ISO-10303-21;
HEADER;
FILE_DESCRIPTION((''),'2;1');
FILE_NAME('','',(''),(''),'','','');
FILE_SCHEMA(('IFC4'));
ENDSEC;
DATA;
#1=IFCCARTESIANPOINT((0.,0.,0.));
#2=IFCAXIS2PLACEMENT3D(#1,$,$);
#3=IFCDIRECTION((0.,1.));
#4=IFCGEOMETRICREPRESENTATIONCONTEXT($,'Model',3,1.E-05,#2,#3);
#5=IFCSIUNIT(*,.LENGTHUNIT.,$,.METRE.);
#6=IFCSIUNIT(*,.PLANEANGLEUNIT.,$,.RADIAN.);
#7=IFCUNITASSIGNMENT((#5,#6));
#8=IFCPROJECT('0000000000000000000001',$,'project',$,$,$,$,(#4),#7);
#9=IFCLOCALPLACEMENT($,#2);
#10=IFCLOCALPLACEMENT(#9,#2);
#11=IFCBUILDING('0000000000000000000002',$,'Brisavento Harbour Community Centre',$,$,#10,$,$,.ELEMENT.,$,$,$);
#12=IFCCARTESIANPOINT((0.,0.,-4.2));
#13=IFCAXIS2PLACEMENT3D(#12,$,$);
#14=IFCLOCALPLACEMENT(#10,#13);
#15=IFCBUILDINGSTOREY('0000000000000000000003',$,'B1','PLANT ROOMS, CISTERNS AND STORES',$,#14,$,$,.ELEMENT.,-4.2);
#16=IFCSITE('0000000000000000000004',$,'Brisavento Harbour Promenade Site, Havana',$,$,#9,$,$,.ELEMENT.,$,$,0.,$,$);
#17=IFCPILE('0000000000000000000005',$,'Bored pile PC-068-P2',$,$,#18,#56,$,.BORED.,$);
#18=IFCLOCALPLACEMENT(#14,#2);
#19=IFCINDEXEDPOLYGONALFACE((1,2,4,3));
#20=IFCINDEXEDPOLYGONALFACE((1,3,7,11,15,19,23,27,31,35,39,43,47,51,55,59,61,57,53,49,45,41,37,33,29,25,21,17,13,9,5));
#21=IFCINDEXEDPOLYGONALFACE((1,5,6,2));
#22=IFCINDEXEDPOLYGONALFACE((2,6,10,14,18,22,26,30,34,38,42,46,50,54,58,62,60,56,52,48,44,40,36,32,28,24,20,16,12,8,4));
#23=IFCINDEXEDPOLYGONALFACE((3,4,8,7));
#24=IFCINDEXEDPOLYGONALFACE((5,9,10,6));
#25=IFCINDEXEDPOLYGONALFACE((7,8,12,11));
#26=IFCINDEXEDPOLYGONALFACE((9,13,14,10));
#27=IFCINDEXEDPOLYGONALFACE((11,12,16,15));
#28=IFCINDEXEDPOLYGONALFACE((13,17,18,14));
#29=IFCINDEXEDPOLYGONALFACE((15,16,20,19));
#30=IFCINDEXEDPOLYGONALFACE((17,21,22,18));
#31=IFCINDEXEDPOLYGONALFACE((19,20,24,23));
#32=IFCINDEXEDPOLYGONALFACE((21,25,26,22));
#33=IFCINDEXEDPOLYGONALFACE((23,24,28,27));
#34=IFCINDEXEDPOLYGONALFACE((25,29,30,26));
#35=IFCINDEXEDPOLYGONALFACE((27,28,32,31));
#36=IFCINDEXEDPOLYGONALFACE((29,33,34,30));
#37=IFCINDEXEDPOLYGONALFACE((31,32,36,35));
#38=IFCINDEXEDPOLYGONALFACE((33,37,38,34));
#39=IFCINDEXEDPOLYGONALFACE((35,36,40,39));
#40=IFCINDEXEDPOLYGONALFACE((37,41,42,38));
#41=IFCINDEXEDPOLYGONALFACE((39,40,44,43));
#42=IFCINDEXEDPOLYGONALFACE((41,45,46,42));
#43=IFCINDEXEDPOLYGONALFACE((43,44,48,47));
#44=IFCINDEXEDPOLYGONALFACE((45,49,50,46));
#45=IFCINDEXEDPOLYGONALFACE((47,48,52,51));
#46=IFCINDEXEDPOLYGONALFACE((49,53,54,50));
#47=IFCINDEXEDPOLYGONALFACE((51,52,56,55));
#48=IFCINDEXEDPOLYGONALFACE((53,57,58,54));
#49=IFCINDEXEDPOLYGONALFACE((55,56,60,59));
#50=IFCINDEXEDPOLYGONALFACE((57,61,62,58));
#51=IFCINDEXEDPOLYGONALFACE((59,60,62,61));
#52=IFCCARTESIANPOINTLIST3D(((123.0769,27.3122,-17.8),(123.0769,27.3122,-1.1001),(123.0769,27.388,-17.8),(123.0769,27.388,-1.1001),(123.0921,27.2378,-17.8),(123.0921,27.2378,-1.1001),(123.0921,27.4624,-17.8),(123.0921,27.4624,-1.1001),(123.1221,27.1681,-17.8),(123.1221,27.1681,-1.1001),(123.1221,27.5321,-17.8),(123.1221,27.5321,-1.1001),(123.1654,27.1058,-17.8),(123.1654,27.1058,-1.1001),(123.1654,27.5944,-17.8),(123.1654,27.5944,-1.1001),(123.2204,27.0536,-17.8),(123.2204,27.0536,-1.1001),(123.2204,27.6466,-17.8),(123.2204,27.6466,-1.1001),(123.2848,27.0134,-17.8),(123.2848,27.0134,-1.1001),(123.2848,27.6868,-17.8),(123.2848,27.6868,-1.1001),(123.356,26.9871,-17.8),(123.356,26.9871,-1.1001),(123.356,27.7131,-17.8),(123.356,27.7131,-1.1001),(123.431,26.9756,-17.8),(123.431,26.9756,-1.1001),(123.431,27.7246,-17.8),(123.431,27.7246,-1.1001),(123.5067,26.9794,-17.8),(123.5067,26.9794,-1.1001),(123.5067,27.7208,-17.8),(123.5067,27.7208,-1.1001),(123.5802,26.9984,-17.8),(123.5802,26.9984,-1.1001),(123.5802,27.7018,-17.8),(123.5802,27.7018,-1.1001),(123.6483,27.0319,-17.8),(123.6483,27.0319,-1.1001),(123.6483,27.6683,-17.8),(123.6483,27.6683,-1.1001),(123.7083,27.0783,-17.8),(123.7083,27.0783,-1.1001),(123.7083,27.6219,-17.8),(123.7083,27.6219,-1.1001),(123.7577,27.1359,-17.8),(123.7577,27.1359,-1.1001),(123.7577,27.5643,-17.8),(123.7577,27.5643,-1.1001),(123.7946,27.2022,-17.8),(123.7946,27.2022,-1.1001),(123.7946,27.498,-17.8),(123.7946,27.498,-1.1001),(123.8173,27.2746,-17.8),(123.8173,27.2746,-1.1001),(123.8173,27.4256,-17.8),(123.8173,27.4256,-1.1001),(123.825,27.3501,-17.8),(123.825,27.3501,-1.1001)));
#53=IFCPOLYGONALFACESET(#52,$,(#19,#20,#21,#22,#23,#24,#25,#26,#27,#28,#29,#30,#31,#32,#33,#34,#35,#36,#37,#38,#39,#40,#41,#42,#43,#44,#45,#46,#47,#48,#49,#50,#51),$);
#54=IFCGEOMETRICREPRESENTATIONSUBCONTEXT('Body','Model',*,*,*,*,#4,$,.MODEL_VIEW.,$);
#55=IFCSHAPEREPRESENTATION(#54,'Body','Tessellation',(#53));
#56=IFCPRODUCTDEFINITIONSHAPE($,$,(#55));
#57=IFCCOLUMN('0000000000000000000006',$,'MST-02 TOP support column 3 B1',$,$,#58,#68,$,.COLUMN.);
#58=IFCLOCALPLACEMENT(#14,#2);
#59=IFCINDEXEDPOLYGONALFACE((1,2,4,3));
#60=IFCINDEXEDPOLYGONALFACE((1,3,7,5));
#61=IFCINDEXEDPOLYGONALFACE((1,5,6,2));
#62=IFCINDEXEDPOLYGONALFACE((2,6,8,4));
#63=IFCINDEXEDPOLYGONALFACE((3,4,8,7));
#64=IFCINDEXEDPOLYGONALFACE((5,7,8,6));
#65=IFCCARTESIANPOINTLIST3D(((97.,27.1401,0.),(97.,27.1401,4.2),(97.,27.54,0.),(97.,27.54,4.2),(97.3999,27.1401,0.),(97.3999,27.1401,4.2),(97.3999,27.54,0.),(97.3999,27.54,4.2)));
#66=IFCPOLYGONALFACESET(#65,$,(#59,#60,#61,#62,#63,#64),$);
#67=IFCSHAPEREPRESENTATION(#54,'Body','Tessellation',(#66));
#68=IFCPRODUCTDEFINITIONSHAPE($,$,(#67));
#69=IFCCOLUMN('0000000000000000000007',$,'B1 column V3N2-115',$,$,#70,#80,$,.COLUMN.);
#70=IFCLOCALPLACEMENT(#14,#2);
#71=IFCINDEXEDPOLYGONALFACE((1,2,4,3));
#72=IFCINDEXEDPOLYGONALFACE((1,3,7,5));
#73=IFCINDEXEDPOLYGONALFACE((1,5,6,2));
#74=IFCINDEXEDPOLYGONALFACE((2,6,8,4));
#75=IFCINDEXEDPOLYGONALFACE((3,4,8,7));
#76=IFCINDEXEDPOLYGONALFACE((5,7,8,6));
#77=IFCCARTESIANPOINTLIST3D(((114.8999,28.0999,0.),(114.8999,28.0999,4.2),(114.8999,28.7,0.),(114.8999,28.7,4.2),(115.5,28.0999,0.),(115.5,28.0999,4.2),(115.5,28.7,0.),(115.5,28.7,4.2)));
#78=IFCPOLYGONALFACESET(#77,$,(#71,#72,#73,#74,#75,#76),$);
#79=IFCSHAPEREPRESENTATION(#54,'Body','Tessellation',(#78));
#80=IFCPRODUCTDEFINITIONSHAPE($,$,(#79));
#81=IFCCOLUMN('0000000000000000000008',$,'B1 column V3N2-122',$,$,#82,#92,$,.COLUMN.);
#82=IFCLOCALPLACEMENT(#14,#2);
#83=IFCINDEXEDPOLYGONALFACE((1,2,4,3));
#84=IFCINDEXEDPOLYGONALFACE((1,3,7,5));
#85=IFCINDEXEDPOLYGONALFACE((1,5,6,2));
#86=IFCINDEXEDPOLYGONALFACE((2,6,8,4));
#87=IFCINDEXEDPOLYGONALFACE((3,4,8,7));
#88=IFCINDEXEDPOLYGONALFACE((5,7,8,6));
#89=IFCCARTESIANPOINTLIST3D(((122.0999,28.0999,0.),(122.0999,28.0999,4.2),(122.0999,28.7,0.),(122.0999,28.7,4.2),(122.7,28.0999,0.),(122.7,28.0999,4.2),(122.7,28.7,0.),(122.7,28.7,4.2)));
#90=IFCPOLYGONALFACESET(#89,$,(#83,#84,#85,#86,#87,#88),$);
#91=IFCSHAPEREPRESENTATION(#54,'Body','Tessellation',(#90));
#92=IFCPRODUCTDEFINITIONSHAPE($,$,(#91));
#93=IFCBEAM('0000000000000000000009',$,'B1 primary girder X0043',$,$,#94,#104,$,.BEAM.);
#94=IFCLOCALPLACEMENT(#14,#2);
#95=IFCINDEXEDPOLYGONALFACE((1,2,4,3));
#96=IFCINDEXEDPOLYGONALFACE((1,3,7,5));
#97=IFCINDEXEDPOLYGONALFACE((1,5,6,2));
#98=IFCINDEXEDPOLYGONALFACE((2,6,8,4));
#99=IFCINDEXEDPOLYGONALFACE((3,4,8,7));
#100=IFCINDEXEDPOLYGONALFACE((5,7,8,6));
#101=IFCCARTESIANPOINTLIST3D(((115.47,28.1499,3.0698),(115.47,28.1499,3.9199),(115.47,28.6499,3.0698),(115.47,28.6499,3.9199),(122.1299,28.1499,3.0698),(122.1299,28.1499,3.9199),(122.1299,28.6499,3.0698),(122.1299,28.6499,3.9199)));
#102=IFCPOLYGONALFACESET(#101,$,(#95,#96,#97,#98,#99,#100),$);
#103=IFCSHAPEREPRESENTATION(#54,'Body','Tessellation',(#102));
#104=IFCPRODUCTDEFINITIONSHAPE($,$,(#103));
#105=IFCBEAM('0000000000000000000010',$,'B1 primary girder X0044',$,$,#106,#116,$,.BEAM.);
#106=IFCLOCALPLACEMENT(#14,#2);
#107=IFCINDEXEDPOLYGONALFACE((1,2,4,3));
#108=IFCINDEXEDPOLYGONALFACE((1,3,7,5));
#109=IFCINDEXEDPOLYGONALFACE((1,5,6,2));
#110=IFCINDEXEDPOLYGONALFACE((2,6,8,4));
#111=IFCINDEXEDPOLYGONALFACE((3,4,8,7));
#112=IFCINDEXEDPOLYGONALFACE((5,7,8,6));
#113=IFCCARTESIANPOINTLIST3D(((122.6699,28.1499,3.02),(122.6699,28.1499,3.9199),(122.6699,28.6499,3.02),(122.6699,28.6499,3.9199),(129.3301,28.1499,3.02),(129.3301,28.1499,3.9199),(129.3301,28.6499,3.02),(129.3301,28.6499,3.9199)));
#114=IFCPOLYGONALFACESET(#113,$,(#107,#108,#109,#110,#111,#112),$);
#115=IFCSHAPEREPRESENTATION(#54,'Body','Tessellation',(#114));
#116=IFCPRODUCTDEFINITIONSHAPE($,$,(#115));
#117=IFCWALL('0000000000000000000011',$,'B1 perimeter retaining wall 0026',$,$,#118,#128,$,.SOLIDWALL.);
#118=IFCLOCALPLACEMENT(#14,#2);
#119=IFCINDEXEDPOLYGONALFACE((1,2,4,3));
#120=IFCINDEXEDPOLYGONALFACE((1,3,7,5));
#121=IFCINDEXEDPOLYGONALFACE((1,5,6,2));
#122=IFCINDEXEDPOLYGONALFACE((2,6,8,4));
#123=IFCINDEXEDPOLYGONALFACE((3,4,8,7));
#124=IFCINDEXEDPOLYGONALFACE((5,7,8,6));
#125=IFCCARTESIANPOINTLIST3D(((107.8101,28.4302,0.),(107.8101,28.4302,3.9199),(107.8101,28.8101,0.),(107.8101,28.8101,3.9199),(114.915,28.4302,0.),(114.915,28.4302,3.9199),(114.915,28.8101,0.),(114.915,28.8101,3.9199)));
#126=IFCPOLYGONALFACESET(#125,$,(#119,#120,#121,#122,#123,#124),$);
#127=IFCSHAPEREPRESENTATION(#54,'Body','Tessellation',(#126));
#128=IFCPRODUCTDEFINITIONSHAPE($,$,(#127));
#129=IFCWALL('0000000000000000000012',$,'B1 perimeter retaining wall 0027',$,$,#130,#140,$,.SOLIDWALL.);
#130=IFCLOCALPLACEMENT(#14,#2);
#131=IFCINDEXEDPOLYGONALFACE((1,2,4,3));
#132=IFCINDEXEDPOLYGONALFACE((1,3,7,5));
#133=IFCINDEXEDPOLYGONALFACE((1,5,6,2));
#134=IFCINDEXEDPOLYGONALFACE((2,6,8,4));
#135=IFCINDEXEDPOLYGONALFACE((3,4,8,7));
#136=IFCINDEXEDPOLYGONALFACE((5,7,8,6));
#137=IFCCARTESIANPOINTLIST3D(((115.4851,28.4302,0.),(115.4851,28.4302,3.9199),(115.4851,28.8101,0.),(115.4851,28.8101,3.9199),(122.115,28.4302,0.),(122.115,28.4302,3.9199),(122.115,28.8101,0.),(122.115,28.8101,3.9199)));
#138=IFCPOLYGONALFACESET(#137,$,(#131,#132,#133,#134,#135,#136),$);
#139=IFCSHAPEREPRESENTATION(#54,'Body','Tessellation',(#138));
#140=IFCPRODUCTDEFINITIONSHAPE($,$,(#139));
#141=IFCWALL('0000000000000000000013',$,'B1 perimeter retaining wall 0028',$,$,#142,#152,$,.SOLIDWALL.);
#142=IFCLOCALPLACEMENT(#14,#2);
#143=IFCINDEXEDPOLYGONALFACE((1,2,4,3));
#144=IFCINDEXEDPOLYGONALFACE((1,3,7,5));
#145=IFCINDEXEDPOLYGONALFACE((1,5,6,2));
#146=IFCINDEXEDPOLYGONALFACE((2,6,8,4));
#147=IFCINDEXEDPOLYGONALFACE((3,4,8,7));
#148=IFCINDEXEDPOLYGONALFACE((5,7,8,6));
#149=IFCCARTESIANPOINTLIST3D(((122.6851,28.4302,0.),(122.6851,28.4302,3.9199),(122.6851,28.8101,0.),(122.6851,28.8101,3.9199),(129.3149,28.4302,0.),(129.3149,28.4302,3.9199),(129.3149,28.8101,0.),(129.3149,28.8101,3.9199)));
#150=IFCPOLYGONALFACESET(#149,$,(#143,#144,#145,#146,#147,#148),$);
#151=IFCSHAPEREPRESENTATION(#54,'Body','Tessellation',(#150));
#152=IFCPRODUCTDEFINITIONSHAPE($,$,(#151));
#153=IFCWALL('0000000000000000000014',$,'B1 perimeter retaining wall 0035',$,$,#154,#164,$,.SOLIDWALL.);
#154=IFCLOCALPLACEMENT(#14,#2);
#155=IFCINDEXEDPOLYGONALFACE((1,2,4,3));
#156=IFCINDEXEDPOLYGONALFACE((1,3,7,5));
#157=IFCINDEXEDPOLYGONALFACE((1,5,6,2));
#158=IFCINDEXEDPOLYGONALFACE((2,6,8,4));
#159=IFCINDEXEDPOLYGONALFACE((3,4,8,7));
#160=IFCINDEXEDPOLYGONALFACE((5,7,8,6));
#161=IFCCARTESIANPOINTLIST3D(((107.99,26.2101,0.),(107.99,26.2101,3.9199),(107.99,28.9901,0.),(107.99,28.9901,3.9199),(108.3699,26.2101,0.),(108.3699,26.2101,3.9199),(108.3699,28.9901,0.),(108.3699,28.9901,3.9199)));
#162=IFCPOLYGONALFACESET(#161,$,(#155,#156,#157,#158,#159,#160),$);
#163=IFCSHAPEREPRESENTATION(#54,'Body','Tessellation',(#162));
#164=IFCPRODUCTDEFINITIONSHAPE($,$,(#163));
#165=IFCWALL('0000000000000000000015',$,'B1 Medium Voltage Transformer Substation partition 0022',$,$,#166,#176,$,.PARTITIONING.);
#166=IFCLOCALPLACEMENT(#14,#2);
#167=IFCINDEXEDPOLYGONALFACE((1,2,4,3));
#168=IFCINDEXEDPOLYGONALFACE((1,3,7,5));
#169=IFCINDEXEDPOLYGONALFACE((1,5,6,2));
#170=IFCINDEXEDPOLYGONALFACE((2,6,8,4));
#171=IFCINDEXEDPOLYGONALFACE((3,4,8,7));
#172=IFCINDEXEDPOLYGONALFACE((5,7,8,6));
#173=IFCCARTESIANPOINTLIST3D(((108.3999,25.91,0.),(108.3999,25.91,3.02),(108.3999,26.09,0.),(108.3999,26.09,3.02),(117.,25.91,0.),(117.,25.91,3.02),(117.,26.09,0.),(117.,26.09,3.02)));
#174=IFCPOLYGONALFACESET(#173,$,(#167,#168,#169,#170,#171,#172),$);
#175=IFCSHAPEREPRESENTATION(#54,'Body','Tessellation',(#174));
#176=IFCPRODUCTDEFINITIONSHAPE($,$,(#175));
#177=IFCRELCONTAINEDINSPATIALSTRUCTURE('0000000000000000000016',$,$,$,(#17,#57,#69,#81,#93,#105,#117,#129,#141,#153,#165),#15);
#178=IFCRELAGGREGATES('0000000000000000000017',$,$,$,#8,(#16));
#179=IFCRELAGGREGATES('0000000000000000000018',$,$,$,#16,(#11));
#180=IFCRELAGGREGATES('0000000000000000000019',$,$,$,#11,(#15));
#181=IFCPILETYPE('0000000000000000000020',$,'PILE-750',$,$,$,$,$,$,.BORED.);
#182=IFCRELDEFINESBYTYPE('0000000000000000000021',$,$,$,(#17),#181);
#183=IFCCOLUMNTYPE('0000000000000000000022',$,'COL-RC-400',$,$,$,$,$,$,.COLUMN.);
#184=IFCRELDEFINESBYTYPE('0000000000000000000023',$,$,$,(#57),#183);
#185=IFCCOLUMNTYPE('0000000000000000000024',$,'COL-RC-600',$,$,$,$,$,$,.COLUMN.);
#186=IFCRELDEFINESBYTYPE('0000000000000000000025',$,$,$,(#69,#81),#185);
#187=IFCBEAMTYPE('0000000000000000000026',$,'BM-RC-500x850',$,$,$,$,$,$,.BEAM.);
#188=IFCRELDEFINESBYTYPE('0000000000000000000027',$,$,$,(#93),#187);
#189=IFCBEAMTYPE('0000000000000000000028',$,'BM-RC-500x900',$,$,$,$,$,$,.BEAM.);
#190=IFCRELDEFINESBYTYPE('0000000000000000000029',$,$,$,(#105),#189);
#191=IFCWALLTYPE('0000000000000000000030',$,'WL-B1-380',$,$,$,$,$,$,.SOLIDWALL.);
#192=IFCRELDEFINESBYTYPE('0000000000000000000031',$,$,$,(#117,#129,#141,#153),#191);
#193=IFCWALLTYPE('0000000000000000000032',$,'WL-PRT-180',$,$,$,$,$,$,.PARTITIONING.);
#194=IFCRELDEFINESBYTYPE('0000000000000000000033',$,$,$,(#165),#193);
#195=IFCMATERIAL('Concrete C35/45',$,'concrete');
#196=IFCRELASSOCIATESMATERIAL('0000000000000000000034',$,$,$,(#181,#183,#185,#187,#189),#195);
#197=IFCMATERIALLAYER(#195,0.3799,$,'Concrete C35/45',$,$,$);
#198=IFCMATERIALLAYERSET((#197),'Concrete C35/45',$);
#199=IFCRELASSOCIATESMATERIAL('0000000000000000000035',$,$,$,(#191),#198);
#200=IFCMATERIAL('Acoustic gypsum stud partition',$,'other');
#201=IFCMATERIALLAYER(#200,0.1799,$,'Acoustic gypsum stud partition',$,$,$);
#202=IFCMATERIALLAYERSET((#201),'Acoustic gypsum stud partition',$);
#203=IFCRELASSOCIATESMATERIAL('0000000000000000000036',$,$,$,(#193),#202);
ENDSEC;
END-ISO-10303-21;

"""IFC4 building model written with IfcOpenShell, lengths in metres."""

from ifc_helpers import new_model, si_unit, direction, frame, frame_2d, origin, origin_2d, place, context, subcontext, project, spatial, rectangle, circle, extrude, material, layer, layer_set, material_profile, profile_set, type_object, element, save


model = new_model("IFC4")

# Units and contexts
model_context = context("Model", 3, precision=1e-05, world=origin(), true_north=direction((0.0, 1.0)))
body_context = subcontext(model_context, "Body", "Model", "MODEL_VIEW")
ifc_project = project(units=[si_unit("LENGTHUNIT", "METRE"), si_unit("PLANEANGLEUNIT", "RADIAN")], contexts=[model_context])

# Site, building, storey
site_placement = place(None, origin())
site = spatial("IfcSite", under=ifc_project, at=site_placement, Name="Brisavento Harbour Promenade Site, Havana", CompositionType="ELEMENT", RefElevation=0.0)
building_placement = place(site_placement, origin())
building = spatial("IfcBuilding", under=site, at=building_placement, Name="Brisavento Harbour Community Centre", CompositionType="ELEMENT")
storey_placement = place(building_placement, frame((0.0, 0.0, -4.2)))
storey = spatial("IfcBuildingStorey", under=building, at=storey_placement, Name="B1", Description="PLANT ROOMS, CISTERNS AND STORES", CompositionType="ELEMENT", Elevation=-4.2)

# Shared definitions
ifc_material_1 = material(Name="Concrete C35/45", Category="concrete")

# Pile
ifc_material_profile_1 = material_profile(ifc_material_1, circle(Radius=0.375, at=origin_2d()), Name="Concrete C35/45")
ifc_profile_set_1 = profile_set([ifc_material_profile_1], Name="Concrete C35/45")
pile_type = type_object("IfcPileType", Name="PILE-750", PredefinedType="BORED", material=ifc_profile_set_1)
for number, where, z_axis, x_axis, name in (
    (1, (123.45, 27.3501, -1.1001), (0.0, 0.0, -1.0), (1.0, 0.0, 0.0), "Bored pile PC-068-P2"),
):
    element("IfcPile", number, at=place(storey_placement, frame(where, z_axis=z_axis, x_axis=x_axis)), inside=storey, type_object=pile_type, Name=name, PredefinedType="BORED", context=body_context, shape_type="SweptSolid", body=[
        extrude(circle(Radius=0.375, at=origin_2d()), origin(), (0.0, 0.0, 1.0), 16.7),
    ])

# Columns
ifc_material_profile_2 = material_profile(ifc_material_1, rectangle(XDim=0.3999, YDim=0.3999, at=origin_2d()), Name="Concrete C35/45")
ifc_profile_set_2 = profile_set([ifc_material_profile_2], Name="Concrete C35/45")
column_type_1 = type_object("IfcColumnType", Name="COL-RC-400", PredefinedType="COLUMN", material=ifc_profile_set_2)
column_placement = place(storey_placement, frame((97.2, 27.3401, 0.0), z_axis=(0.0, 0.0, 1.0), x_axis=(1.0, 0.0, 0.0)))
element("IfcColumn", 2, at=column_placement, inside=storey, type_object=column_type_1, Name="MST-02 TOP support column 3 B1", PredefinedType="COLUMN", context=body_context, shape_type="SweptSolid", body=[
    extrude(rectangle(XDim=0.3999, YDim=0.3999, at=origin_2d()), origin(), (0.0, 0.0, 1.0), 4.2),
])
ifc_material_profile_3 = material_profile(ifc_material_1, rectangle(XDim=0.6001, YDim=0.6001, at=origin_2d()), Name="Concrete C35/45")
ifc_profile_set_3 = profile_set([ifc_material_profile_3], Name="Concrete C35/45")
column_type_2 = type_object("IfcColumnType", Name="COL-RC-600", PredefinedType="COLUMN", material=ifc_profile_set_3)
for number, where, z_axis, x_axis, name in (
    (3, (115.2, 28.3999, 0.0), (0.0, 0.0, 1.0), (1.0, 0.0, 0.0), "B1 column V3N2-115"),
    (4, (122.3999, 28.3999, 0.0), (0.0, 0.0, 1.0), (1.0, 0.0, 0.0), "B1 column V3N2-122"),
):
    element("IfcColumn", number, at=place(storey_placement, frame(where, z_axis=z_axis, x_axis=x_axis)), inside=storey, type_object=column_type_2, Name=name, PredefinedType="COLUMN", context=body_context, shape_type="SweptSolid", body=[
        extrude(rectangle(XDim=0.6001, YDim=0.6001, at=origin_2d()), origin(), (0.0, 0.0, 1.0), 4.2),
    ])

# Beams
ifc_material_profile_4 = material_profile(ifc_material_1, rectangle(XDim=0.5, YDim=0.8501, at=origin_2d()), Name="Concrete C35/45")
ifc_profile_set_4 = profile_set([ifc_material_profile_4], Name="Concrete C35/45")
beam_type_1 = type_object("IfcBeamType", Name="BM-RC-500x850", PredefinedType="BEAM", material=ifc_profile_set_4)
beam_1_placement = place(storey_placement, frame((115.47, 28.3999, 3.4949), z_axis=(1.0, 0.0, 0.0), x_axis=(0.0, 1.0, 0.0)))
element("IfcBeam", 5, at=beam_1_placement, inside=storey, type_object=beam_type_1, Name="B1 primary girder X0043", PredefinedType="BEAM", context=body_context, shape_type="SweptSolid", body=[
    extrude(rectangle(XDim=0.5, YDim=0.8501, at=origin_2d()), origin(), (0.0, 0.0, 1.0), 6.6599),
])
ifc_material_profile_5 = material_profile(ifc_material_1, rectangle(XDim=0.5, YDim=0.8999, at=origin_2d()), Name="Concrete C35/45")
ifc_profile_set_5 = profile_set([ifc_material_profile_5], Name="Concrete C35/45")
beam_type_2 = type_object("IfcBeamType", Name="BM-RC-500x900", PredefinedType="BEAM", material=ifc_profile_set_5)
beam_2_placement = place(storey_placement, frame((122.6699, 28.3999, 3.47), z_axis=(1.0, 0.0, 0.0), x_axis=(0.0, 1.0, 0.0)))
element("IfcBeam", 6, at=beam_2_placement, inside=storey, type_object=beam_type_2, Name="B1 primary girder X0044", PredefinedType="BEAM", context=body_context, shape_type="SweptSolid", body=[
    extrude(rectangle(XDim=0.5, YDim=0.8999, at=origin_2d()), origin(), (0.0, 0.0, 1.0), 6.6602),
])

# Walls
ifc_layer_1 = layer(ifc_material_1, 0.3799, Name="Concrete C35/45")
ifc_layer_set_1 = layer_set([ifc_layer_1], Name="Concrete C35/45")
wall_type_1 = type_object("IfcWallType", Name="WL-B1-380", PredefinedType="SOLIDWALL", material=ifc_layer_set_1)
wall_1_placement = place(storey_placement, frame((107.8101, 28.6201, 0.0), z_axis=(0.0, 0.0, 1.0), x_axis=(1.0, 0.0, 0.0)))
element("IfcWall", 7, at=wall_1_placement, inside=storey, type_object=wall_type_1, Name="B1 perimeter retaining wall 0026", PredefinedType="SOLIDWALL", context=body_context, shape_type="SweptSolid", body=[
    extrude(rectangle(XDim=7.105, YDim=0.3799, at=frame_2d((3.5525, 0.0))), origin(), (0.0, 0.0, 1.0), 3.9199),
])
for number, where, z_axis, x_axis, name in (
    (8, (115.4851, 28.6201, 0.0), (0.0, 0.0, 1.0), (1.0, 0.0, 0.0), "B1 perimeter retaining wall 0027"),
    (9, (122.6851, 28.6201, 0.0), (0.0, 0.0, 1.0), (1.0, 0.0, 0.0), "B1 perimeter retaining wall 0028"),
):
    element("IfcWall", number, at=place(storey_placement, frame(where, z_axis=z_axis, x_axis=x_axis)), inside=storey, type_object=wall_type_1, Name=name, PredefinedType="SOLIDWALL", context=body_context, shape_type="SweptSolid", body=[
        extrude(rectangle(XDim=6.6299, YDim=0.3799, at=frame_2d((3.3149, 0.0))), origin(), (0.0, 0.0, 1.0), 3.9199),
    ])
wall_2_placement = place(storey_placement, frame((108.1799, 26.21, 0.0), z_axis=(0.0, 0.0, 1.0), x_axis=(0.0, 1.0, 0.0)))
element("IfcWall", 10, at=wall_2_placement, inside=storey, type_object=wall_type_1, Name="B1 perimeter retaining wall 0035", PredefinedType="SOLIDWALL", context=body_context, shape_type="SweptSolid", body=[
    extrude(rectangle(XDim=2.78, YDim=0.3799, at=frame_2d((1.3901, 0.0))), origin(), (0.0, 0.0, 1.0), 3.9199),
])
ifc_material_2 = material(Name="Acoustic gypsum stud partition", Category="other")
ifc_layer_2 = layer(ifc_material_2, 0.1799, Name="Acoustic gypsum stud partition")
ifc_layer_set_2 = layer_set([ifc_layer_2], Name="Acoustic gypsum stud partition")
wall_type_2 = type_object("IfcWallType", Name="WL-PRT-180", PredefinedType="PARTITIONING", material=ifc_layer_set_2)
wall_3_placement = place(storey_placement, frame((117.0, 26.0, 0.0), z_axis=(0.0, 0.0, 1.0), x_axis=(-1.0, 0.0, 0.0)))
element("IfcWall", 11, at=wall_3_placement, inside=storey, type_object=wall_type_2, Name="B1 Medium Voltage Transformer Substation partition 0022", PredefinedType="PARTITIONING", context=body_context, shape_type="SweptSolid", body=[
    extrude(rectangle(XDim=8.6001, YDim=0.1799, at=frame_2d((4.3, 0.0))), origin(), (0.0, 0.0, 1.0), 3.02),
])

save(model, "model.ifc")
